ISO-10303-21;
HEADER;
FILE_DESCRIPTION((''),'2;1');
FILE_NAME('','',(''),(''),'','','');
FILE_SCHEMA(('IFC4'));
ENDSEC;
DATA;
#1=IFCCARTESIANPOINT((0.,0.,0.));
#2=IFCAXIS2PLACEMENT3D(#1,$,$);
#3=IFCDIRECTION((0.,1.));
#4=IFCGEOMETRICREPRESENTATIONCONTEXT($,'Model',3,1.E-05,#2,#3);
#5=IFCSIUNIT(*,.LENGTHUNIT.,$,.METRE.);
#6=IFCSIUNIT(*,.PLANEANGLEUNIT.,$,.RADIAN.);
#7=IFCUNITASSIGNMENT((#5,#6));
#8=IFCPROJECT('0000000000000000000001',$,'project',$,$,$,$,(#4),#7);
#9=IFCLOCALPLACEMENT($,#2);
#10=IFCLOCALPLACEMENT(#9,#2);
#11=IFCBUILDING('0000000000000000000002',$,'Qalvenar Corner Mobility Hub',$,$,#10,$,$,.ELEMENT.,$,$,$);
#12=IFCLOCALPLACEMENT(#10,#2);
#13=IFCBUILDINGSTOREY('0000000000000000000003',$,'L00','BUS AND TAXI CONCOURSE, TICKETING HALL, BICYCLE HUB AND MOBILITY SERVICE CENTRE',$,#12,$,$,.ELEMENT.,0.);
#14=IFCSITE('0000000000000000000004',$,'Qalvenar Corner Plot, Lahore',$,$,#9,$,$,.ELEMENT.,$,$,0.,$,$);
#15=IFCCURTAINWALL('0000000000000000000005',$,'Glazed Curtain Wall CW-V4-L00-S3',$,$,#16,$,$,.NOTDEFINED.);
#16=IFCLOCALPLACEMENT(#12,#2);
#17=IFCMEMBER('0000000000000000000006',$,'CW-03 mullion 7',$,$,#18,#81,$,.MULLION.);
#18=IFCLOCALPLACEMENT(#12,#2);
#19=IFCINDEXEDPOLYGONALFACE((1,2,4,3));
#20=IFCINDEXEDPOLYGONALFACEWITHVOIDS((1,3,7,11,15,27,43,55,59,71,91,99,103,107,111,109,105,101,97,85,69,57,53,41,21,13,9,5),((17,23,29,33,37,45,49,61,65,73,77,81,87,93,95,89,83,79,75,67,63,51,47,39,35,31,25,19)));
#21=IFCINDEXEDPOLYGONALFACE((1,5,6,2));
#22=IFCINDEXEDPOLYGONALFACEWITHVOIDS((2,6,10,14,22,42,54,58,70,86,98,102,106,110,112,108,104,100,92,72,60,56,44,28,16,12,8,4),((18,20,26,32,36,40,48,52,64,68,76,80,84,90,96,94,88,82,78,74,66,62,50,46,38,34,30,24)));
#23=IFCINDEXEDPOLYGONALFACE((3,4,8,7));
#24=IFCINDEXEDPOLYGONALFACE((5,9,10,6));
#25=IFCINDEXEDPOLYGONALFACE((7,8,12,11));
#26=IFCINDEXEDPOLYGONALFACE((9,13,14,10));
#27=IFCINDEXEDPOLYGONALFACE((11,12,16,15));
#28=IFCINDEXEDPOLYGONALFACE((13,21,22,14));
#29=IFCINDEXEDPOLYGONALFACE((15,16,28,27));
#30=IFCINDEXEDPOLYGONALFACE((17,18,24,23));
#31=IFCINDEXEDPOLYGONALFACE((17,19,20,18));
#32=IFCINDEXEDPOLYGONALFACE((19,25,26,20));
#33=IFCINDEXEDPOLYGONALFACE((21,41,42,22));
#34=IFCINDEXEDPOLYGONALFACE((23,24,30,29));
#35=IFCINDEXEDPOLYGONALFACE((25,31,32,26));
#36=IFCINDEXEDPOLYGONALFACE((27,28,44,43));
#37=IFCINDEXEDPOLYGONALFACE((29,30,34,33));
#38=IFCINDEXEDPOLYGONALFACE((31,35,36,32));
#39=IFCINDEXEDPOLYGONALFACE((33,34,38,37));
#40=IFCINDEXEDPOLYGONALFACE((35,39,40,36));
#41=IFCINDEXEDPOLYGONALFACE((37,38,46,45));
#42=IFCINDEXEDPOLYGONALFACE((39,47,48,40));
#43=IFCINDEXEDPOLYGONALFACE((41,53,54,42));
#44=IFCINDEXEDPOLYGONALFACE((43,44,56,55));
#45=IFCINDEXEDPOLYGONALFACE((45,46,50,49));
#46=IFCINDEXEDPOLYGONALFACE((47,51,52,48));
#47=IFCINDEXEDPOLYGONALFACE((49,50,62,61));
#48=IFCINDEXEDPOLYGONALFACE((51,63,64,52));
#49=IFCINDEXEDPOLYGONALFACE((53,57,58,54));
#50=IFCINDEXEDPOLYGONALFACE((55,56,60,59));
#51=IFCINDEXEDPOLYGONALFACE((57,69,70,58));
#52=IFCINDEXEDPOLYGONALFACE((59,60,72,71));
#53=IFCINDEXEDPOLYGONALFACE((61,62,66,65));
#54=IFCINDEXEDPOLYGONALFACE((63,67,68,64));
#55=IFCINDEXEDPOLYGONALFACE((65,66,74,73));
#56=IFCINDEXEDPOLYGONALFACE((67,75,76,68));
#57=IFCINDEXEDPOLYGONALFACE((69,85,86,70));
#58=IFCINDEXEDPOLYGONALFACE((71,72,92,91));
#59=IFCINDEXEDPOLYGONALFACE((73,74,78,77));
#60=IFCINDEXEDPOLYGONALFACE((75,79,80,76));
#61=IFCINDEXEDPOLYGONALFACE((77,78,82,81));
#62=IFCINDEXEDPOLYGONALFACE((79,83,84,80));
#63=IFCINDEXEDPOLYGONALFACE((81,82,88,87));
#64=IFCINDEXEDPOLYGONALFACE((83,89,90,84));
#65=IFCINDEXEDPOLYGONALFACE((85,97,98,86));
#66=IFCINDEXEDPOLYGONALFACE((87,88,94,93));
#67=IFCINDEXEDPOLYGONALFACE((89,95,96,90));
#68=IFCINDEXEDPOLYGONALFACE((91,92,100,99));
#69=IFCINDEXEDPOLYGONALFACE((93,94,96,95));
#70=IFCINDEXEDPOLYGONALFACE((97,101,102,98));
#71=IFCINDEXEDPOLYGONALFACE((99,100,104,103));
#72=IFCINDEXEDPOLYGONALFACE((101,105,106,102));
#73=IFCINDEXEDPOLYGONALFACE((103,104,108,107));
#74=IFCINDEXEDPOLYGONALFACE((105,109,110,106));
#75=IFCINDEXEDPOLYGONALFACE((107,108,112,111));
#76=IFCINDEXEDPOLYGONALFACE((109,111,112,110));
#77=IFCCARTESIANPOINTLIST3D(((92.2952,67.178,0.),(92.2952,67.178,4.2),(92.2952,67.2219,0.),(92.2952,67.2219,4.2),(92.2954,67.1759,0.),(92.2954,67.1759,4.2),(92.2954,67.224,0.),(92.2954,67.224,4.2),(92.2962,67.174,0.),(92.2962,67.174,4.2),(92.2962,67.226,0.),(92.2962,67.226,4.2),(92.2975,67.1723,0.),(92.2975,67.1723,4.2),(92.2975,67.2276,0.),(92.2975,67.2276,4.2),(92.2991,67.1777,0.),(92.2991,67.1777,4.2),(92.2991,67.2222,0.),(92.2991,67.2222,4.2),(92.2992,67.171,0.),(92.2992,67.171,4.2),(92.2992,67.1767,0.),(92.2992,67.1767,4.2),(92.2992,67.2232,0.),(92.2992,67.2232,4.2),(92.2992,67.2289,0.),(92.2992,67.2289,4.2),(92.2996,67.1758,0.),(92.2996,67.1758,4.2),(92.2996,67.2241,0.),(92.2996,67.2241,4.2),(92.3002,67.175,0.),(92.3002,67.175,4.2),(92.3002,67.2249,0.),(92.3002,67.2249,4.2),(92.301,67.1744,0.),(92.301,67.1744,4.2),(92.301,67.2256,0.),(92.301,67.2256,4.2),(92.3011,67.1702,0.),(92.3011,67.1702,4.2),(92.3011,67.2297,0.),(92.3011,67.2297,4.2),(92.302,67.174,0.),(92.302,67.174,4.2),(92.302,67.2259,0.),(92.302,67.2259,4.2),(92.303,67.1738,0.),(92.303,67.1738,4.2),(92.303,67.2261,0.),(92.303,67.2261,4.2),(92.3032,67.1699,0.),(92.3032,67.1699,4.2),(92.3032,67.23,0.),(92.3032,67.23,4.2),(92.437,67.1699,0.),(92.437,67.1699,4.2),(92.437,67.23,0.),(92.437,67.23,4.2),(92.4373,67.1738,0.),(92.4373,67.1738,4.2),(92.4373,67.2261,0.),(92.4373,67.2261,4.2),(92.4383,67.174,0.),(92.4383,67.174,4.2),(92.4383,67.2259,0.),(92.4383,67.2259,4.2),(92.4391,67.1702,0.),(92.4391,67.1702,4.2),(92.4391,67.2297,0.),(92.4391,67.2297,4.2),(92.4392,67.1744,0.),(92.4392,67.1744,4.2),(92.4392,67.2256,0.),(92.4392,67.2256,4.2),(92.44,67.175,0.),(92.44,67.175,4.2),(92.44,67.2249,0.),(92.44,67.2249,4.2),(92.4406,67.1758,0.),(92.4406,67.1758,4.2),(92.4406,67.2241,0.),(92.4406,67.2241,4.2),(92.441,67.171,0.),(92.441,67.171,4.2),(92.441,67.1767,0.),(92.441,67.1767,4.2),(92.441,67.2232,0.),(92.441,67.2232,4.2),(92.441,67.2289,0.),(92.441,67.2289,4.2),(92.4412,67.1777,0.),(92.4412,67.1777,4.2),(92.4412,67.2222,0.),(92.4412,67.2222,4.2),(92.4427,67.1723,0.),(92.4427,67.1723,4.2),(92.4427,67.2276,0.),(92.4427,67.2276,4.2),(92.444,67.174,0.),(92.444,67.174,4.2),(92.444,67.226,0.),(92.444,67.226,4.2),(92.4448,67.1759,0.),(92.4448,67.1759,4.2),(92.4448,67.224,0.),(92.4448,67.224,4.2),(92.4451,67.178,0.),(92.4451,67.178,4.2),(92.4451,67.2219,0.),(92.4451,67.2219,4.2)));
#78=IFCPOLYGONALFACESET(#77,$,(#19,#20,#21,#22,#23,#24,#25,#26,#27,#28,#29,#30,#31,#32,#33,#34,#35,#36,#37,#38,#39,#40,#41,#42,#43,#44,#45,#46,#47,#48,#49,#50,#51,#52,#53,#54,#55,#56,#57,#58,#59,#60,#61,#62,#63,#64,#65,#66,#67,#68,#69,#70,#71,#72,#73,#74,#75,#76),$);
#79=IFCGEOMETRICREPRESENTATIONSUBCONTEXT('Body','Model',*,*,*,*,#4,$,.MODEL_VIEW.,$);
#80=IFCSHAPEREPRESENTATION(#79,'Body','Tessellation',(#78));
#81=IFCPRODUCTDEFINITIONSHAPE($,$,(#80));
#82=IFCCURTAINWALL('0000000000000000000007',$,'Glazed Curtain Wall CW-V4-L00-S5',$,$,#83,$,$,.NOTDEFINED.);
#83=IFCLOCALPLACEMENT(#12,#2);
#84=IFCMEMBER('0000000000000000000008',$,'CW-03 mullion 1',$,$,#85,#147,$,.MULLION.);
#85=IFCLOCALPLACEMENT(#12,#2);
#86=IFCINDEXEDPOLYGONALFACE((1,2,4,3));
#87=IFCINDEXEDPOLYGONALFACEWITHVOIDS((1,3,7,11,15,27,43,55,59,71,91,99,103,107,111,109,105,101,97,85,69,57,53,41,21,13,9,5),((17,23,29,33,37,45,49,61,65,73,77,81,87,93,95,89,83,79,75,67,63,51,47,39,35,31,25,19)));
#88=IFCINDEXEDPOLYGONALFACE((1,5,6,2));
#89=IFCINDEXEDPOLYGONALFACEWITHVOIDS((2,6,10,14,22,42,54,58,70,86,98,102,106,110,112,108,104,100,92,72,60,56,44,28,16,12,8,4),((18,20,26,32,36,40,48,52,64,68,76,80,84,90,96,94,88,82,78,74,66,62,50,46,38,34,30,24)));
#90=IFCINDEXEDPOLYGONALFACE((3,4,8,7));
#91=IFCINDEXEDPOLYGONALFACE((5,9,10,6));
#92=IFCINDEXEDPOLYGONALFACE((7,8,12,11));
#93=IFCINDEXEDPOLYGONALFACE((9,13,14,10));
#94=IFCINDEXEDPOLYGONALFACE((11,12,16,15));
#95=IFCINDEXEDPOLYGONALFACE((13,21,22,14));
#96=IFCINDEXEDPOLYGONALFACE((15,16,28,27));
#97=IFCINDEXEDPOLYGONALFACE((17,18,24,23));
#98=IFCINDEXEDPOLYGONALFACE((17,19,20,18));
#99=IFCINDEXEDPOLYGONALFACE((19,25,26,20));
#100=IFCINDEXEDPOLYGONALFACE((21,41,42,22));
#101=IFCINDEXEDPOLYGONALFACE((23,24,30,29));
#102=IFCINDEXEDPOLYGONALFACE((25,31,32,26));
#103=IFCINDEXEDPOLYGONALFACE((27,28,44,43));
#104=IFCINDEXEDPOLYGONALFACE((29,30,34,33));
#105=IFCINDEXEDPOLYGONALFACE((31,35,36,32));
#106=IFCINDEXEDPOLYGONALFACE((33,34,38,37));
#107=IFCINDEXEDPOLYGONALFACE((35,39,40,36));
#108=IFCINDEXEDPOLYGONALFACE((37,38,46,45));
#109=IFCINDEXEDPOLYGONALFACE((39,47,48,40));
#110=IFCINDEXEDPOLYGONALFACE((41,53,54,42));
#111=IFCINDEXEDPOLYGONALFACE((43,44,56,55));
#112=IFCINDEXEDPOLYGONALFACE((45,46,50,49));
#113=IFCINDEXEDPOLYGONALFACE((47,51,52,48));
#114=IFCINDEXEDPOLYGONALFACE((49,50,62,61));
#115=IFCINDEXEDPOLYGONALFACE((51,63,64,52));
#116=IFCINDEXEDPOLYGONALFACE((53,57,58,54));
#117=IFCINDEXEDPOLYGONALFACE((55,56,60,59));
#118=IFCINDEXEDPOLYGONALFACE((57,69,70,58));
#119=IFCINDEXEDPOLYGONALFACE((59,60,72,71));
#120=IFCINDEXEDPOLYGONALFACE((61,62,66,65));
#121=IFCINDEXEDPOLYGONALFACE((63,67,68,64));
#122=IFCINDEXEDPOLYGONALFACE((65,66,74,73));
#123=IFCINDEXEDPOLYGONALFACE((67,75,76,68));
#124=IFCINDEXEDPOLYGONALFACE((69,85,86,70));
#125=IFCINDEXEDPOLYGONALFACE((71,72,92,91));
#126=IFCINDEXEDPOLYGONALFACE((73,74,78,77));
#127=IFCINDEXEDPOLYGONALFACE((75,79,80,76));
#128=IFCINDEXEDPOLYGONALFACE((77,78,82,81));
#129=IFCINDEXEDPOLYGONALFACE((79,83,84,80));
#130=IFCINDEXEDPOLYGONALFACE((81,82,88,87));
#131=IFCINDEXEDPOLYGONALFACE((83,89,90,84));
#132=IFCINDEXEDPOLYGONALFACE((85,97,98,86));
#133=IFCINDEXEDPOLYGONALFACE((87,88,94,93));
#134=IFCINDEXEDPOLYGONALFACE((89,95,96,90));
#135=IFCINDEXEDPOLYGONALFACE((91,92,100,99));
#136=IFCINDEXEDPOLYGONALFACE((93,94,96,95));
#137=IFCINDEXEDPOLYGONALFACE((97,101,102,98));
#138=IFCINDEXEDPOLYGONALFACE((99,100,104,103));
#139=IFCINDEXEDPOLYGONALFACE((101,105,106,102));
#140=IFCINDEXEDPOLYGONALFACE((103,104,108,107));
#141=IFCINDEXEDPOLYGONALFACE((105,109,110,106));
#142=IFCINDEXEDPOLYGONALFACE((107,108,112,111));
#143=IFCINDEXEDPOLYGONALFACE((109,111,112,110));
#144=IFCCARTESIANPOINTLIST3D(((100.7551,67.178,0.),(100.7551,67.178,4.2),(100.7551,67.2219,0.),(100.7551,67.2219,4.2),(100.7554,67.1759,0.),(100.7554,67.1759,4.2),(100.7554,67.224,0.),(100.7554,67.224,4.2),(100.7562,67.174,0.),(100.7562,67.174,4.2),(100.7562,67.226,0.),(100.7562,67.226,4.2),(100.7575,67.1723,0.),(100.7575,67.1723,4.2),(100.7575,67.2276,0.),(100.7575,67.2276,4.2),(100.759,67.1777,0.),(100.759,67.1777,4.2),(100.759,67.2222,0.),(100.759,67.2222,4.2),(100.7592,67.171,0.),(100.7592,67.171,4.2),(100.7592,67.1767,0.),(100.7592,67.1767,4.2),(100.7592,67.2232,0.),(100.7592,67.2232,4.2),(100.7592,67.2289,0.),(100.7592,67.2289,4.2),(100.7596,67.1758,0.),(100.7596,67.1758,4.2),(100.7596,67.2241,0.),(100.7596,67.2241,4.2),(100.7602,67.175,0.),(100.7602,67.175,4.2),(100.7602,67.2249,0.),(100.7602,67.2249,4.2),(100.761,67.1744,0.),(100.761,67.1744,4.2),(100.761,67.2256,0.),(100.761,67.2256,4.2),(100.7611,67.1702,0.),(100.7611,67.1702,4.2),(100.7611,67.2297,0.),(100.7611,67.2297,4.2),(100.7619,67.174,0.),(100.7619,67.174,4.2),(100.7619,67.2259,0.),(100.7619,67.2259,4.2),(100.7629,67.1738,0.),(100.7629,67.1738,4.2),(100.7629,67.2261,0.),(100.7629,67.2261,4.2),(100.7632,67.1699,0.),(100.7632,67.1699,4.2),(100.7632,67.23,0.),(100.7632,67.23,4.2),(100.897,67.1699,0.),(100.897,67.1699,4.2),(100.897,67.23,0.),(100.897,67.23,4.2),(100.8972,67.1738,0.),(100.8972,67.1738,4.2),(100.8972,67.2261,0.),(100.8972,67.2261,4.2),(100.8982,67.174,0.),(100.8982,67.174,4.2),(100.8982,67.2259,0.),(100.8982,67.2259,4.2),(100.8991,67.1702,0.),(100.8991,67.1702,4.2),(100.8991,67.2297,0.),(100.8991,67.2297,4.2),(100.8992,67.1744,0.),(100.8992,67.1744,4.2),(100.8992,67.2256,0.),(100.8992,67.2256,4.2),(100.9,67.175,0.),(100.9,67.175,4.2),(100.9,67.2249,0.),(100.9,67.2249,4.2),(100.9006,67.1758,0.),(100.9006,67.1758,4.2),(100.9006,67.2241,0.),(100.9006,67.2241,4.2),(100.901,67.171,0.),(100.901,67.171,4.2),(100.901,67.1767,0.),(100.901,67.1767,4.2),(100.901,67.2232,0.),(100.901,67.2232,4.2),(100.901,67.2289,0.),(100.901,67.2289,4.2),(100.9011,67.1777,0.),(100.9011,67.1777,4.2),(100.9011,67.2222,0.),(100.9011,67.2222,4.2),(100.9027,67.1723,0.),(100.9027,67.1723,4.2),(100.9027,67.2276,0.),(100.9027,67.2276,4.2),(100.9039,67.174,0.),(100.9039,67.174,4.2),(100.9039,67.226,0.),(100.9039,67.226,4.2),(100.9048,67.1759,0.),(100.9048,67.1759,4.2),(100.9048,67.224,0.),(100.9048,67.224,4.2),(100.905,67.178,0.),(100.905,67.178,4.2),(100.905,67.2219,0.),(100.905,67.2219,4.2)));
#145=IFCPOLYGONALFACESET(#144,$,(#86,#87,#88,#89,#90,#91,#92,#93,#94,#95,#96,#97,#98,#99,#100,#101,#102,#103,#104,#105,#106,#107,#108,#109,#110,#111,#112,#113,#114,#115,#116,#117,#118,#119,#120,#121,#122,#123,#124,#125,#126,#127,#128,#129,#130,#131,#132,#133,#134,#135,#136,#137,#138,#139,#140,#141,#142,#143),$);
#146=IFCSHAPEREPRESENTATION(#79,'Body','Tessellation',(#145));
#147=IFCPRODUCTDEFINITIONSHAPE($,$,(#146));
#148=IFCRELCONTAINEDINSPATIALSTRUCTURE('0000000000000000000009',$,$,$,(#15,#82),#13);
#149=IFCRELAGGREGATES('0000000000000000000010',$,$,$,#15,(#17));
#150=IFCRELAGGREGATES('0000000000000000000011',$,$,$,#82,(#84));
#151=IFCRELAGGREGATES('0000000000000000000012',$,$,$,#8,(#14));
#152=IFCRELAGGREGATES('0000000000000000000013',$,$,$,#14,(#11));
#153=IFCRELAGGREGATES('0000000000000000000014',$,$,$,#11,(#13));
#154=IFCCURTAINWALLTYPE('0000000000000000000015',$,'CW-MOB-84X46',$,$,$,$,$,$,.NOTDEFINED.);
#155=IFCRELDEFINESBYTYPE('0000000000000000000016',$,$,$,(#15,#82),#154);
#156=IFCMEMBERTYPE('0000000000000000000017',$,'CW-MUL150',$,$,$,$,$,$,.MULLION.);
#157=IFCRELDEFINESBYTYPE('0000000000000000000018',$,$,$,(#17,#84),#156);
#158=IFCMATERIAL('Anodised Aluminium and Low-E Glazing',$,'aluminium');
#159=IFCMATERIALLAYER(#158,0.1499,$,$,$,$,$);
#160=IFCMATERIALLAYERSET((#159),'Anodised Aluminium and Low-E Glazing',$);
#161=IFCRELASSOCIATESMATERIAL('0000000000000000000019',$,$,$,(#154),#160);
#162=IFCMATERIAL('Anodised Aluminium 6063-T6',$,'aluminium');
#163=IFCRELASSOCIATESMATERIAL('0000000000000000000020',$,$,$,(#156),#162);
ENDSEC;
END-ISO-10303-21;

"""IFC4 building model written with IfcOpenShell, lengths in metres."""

from ifc_helpers import new_model, si_unit, direction, frame, origin, origin_2d, place, context, subcontext, project, spatial, hollow_rectangle, extrude, material, layer, layer_set, material_profile, profile_set, type_object, element, aggregate, save


model = new_model("IFC4")

# Units and contexts
model_context = context("Model", 3, precision=1e-05, world=origin(), true_north=direction((0.0, 1.0)))
body_context = subcontext(model_context, "Body", "Model", "MODEL_VIEW")
ifc_project = project(units=[si_unit("LENGTHUNIT", "METRE"), si_unit("PLANEANGLEUNIT", "RADIAN")], contexts=[model_context])

# Site, building, storey
site_placement = place(None, origin())
site = spatial("IfcSite", under=ifc_project, at=site_placement, Name="Qalvenar Corner Plot, Lahore", CompositionType="ELEMENT", RefElevation=0.0)
building_placement = place(site_placement, origin())
building = spatial("IfcBuilding", under=site, at=building_placement, Name="Qalvenar Corner Mobility Hub", CompositionType="ELEMENT")
storey_placement = place(building_placement, origin())
storey = spatial("IfcBuildingStorey", under=building, at=storey_placement, Name="L00", Description="BUS AND TAXI CONCOURSE, TICKETING HALL, BICYCLE HUB AND MOBILITY SERVICE CENTRE", CompositionType="ELEMENT", Elevation=0.0)

# Curtain walls, members
ifc_material_1 = material(Name="Anodised Aluminium and Low-E Glazing", Category="aluminium")
ifc_layer_1 = layer(ifc_material_1, 0.1499)
ifc_layer_set_1 = layer_set([ifc_layer_1], Name="Anodised Aluminium and Low-E Glazing")
curtain_wall_type = type_object("IfcCurtainWallType", Name="CW-MOB-84X46", PredefinedType="NOTDEFINED", material=ifc_layer_set_1)
curtain_wall_1_placement = place(storey_placement, origin())
curtain_wall_1 = element("IfcCurtainWall", 1, at=curtain_wall_1_placement, inside=storey, type_object=curtain_wall_type, Name="Glazed Curtain Wall CW-V4-L00-S3", PredefinedType="NOTDEFINED")
ifc_material_2 = material(Name="Anodised Aluminium 6063-T6", Category="aluminium")
ifc_material_profile_1 = material_profile(ifc_material_2, hollow_rectangle(XDim=0.0601, YDim=0.1499, WallThickness=0.0039, InnerFilletRadius=0.0039, OuterFilletRadius=0.0081, at=origin_2d()), Name="RHS150x60x4")
ifc_profile_set_1 = profile_set([ifc_material_profile_1], Name="Anodised Aluminium 6063-T6")
member_type_1 = type_object("IfcMemberType", Name="CW-MUL150", PredefinedType="MULLION", material=ifc_profile_set_1)
member_1_placement = place(storey_placement, frame((92.3701, 67.2, 0.0), z_axis=(0.0, 0.0, 1.0), x_axis=(0.0, 1.0, 0.0)))
member_1 = element("IfcMember", 2, at=member_1_placement, type_object=member_type_1, Name="CW-03 mullion 7", PredefinedType="MULLION", context=body_context, shape_type="SweptSolid", body=[
    extrude(hollow_rectangle(XDim=0.0601, YDim=0.1499, WallThickness=0.0039, InnerFilletRadius=0.0039, OuterFilletRadius=0.0081, at=origin_2d()), origin(), (0.0, 0.0, 1.0), 4.2),
])
curtain_wall_2_placement = place(storey_placement, origin())
curtain_wall_2 = element("IfcCurtainWall", 3, at=curtain_wall_2_placement, inside=storey, type_object=curtain_wall_type, Name="Glazed Curtain Wall CW-V4-L00-S5", PredefinedType="NOTDEFINED")
member_2_placement = place(storey_placement, frame((100.8301, 67.2, 0.0), z_axis=(0.0, 0.0, 1.0), x_axis=(0.0, 1.0, 0.0)))
member_2 = element("IfcMember", 4, at=member_2_placement, type_object=member_type_1, Name="CW-03 mullion 1", PredefinedType="MULLION", context=body_context, shape_type="SweptSolid", body=[
    extrude(hollow_rectangle(XDim=0.0601, YDim=0.1499, WallThickness=0.0039, InnerFilletRadius=0.0039, OuterFilletRadius=0.0081, at=origin_2d()), origin(), (0.0, 0.0, 1.0), 4.2),
])

aggregate(curtain_wall_1, [member_1])
aggregate(curtain_wall_2, [member_2])

save(model, "model.ifc")
